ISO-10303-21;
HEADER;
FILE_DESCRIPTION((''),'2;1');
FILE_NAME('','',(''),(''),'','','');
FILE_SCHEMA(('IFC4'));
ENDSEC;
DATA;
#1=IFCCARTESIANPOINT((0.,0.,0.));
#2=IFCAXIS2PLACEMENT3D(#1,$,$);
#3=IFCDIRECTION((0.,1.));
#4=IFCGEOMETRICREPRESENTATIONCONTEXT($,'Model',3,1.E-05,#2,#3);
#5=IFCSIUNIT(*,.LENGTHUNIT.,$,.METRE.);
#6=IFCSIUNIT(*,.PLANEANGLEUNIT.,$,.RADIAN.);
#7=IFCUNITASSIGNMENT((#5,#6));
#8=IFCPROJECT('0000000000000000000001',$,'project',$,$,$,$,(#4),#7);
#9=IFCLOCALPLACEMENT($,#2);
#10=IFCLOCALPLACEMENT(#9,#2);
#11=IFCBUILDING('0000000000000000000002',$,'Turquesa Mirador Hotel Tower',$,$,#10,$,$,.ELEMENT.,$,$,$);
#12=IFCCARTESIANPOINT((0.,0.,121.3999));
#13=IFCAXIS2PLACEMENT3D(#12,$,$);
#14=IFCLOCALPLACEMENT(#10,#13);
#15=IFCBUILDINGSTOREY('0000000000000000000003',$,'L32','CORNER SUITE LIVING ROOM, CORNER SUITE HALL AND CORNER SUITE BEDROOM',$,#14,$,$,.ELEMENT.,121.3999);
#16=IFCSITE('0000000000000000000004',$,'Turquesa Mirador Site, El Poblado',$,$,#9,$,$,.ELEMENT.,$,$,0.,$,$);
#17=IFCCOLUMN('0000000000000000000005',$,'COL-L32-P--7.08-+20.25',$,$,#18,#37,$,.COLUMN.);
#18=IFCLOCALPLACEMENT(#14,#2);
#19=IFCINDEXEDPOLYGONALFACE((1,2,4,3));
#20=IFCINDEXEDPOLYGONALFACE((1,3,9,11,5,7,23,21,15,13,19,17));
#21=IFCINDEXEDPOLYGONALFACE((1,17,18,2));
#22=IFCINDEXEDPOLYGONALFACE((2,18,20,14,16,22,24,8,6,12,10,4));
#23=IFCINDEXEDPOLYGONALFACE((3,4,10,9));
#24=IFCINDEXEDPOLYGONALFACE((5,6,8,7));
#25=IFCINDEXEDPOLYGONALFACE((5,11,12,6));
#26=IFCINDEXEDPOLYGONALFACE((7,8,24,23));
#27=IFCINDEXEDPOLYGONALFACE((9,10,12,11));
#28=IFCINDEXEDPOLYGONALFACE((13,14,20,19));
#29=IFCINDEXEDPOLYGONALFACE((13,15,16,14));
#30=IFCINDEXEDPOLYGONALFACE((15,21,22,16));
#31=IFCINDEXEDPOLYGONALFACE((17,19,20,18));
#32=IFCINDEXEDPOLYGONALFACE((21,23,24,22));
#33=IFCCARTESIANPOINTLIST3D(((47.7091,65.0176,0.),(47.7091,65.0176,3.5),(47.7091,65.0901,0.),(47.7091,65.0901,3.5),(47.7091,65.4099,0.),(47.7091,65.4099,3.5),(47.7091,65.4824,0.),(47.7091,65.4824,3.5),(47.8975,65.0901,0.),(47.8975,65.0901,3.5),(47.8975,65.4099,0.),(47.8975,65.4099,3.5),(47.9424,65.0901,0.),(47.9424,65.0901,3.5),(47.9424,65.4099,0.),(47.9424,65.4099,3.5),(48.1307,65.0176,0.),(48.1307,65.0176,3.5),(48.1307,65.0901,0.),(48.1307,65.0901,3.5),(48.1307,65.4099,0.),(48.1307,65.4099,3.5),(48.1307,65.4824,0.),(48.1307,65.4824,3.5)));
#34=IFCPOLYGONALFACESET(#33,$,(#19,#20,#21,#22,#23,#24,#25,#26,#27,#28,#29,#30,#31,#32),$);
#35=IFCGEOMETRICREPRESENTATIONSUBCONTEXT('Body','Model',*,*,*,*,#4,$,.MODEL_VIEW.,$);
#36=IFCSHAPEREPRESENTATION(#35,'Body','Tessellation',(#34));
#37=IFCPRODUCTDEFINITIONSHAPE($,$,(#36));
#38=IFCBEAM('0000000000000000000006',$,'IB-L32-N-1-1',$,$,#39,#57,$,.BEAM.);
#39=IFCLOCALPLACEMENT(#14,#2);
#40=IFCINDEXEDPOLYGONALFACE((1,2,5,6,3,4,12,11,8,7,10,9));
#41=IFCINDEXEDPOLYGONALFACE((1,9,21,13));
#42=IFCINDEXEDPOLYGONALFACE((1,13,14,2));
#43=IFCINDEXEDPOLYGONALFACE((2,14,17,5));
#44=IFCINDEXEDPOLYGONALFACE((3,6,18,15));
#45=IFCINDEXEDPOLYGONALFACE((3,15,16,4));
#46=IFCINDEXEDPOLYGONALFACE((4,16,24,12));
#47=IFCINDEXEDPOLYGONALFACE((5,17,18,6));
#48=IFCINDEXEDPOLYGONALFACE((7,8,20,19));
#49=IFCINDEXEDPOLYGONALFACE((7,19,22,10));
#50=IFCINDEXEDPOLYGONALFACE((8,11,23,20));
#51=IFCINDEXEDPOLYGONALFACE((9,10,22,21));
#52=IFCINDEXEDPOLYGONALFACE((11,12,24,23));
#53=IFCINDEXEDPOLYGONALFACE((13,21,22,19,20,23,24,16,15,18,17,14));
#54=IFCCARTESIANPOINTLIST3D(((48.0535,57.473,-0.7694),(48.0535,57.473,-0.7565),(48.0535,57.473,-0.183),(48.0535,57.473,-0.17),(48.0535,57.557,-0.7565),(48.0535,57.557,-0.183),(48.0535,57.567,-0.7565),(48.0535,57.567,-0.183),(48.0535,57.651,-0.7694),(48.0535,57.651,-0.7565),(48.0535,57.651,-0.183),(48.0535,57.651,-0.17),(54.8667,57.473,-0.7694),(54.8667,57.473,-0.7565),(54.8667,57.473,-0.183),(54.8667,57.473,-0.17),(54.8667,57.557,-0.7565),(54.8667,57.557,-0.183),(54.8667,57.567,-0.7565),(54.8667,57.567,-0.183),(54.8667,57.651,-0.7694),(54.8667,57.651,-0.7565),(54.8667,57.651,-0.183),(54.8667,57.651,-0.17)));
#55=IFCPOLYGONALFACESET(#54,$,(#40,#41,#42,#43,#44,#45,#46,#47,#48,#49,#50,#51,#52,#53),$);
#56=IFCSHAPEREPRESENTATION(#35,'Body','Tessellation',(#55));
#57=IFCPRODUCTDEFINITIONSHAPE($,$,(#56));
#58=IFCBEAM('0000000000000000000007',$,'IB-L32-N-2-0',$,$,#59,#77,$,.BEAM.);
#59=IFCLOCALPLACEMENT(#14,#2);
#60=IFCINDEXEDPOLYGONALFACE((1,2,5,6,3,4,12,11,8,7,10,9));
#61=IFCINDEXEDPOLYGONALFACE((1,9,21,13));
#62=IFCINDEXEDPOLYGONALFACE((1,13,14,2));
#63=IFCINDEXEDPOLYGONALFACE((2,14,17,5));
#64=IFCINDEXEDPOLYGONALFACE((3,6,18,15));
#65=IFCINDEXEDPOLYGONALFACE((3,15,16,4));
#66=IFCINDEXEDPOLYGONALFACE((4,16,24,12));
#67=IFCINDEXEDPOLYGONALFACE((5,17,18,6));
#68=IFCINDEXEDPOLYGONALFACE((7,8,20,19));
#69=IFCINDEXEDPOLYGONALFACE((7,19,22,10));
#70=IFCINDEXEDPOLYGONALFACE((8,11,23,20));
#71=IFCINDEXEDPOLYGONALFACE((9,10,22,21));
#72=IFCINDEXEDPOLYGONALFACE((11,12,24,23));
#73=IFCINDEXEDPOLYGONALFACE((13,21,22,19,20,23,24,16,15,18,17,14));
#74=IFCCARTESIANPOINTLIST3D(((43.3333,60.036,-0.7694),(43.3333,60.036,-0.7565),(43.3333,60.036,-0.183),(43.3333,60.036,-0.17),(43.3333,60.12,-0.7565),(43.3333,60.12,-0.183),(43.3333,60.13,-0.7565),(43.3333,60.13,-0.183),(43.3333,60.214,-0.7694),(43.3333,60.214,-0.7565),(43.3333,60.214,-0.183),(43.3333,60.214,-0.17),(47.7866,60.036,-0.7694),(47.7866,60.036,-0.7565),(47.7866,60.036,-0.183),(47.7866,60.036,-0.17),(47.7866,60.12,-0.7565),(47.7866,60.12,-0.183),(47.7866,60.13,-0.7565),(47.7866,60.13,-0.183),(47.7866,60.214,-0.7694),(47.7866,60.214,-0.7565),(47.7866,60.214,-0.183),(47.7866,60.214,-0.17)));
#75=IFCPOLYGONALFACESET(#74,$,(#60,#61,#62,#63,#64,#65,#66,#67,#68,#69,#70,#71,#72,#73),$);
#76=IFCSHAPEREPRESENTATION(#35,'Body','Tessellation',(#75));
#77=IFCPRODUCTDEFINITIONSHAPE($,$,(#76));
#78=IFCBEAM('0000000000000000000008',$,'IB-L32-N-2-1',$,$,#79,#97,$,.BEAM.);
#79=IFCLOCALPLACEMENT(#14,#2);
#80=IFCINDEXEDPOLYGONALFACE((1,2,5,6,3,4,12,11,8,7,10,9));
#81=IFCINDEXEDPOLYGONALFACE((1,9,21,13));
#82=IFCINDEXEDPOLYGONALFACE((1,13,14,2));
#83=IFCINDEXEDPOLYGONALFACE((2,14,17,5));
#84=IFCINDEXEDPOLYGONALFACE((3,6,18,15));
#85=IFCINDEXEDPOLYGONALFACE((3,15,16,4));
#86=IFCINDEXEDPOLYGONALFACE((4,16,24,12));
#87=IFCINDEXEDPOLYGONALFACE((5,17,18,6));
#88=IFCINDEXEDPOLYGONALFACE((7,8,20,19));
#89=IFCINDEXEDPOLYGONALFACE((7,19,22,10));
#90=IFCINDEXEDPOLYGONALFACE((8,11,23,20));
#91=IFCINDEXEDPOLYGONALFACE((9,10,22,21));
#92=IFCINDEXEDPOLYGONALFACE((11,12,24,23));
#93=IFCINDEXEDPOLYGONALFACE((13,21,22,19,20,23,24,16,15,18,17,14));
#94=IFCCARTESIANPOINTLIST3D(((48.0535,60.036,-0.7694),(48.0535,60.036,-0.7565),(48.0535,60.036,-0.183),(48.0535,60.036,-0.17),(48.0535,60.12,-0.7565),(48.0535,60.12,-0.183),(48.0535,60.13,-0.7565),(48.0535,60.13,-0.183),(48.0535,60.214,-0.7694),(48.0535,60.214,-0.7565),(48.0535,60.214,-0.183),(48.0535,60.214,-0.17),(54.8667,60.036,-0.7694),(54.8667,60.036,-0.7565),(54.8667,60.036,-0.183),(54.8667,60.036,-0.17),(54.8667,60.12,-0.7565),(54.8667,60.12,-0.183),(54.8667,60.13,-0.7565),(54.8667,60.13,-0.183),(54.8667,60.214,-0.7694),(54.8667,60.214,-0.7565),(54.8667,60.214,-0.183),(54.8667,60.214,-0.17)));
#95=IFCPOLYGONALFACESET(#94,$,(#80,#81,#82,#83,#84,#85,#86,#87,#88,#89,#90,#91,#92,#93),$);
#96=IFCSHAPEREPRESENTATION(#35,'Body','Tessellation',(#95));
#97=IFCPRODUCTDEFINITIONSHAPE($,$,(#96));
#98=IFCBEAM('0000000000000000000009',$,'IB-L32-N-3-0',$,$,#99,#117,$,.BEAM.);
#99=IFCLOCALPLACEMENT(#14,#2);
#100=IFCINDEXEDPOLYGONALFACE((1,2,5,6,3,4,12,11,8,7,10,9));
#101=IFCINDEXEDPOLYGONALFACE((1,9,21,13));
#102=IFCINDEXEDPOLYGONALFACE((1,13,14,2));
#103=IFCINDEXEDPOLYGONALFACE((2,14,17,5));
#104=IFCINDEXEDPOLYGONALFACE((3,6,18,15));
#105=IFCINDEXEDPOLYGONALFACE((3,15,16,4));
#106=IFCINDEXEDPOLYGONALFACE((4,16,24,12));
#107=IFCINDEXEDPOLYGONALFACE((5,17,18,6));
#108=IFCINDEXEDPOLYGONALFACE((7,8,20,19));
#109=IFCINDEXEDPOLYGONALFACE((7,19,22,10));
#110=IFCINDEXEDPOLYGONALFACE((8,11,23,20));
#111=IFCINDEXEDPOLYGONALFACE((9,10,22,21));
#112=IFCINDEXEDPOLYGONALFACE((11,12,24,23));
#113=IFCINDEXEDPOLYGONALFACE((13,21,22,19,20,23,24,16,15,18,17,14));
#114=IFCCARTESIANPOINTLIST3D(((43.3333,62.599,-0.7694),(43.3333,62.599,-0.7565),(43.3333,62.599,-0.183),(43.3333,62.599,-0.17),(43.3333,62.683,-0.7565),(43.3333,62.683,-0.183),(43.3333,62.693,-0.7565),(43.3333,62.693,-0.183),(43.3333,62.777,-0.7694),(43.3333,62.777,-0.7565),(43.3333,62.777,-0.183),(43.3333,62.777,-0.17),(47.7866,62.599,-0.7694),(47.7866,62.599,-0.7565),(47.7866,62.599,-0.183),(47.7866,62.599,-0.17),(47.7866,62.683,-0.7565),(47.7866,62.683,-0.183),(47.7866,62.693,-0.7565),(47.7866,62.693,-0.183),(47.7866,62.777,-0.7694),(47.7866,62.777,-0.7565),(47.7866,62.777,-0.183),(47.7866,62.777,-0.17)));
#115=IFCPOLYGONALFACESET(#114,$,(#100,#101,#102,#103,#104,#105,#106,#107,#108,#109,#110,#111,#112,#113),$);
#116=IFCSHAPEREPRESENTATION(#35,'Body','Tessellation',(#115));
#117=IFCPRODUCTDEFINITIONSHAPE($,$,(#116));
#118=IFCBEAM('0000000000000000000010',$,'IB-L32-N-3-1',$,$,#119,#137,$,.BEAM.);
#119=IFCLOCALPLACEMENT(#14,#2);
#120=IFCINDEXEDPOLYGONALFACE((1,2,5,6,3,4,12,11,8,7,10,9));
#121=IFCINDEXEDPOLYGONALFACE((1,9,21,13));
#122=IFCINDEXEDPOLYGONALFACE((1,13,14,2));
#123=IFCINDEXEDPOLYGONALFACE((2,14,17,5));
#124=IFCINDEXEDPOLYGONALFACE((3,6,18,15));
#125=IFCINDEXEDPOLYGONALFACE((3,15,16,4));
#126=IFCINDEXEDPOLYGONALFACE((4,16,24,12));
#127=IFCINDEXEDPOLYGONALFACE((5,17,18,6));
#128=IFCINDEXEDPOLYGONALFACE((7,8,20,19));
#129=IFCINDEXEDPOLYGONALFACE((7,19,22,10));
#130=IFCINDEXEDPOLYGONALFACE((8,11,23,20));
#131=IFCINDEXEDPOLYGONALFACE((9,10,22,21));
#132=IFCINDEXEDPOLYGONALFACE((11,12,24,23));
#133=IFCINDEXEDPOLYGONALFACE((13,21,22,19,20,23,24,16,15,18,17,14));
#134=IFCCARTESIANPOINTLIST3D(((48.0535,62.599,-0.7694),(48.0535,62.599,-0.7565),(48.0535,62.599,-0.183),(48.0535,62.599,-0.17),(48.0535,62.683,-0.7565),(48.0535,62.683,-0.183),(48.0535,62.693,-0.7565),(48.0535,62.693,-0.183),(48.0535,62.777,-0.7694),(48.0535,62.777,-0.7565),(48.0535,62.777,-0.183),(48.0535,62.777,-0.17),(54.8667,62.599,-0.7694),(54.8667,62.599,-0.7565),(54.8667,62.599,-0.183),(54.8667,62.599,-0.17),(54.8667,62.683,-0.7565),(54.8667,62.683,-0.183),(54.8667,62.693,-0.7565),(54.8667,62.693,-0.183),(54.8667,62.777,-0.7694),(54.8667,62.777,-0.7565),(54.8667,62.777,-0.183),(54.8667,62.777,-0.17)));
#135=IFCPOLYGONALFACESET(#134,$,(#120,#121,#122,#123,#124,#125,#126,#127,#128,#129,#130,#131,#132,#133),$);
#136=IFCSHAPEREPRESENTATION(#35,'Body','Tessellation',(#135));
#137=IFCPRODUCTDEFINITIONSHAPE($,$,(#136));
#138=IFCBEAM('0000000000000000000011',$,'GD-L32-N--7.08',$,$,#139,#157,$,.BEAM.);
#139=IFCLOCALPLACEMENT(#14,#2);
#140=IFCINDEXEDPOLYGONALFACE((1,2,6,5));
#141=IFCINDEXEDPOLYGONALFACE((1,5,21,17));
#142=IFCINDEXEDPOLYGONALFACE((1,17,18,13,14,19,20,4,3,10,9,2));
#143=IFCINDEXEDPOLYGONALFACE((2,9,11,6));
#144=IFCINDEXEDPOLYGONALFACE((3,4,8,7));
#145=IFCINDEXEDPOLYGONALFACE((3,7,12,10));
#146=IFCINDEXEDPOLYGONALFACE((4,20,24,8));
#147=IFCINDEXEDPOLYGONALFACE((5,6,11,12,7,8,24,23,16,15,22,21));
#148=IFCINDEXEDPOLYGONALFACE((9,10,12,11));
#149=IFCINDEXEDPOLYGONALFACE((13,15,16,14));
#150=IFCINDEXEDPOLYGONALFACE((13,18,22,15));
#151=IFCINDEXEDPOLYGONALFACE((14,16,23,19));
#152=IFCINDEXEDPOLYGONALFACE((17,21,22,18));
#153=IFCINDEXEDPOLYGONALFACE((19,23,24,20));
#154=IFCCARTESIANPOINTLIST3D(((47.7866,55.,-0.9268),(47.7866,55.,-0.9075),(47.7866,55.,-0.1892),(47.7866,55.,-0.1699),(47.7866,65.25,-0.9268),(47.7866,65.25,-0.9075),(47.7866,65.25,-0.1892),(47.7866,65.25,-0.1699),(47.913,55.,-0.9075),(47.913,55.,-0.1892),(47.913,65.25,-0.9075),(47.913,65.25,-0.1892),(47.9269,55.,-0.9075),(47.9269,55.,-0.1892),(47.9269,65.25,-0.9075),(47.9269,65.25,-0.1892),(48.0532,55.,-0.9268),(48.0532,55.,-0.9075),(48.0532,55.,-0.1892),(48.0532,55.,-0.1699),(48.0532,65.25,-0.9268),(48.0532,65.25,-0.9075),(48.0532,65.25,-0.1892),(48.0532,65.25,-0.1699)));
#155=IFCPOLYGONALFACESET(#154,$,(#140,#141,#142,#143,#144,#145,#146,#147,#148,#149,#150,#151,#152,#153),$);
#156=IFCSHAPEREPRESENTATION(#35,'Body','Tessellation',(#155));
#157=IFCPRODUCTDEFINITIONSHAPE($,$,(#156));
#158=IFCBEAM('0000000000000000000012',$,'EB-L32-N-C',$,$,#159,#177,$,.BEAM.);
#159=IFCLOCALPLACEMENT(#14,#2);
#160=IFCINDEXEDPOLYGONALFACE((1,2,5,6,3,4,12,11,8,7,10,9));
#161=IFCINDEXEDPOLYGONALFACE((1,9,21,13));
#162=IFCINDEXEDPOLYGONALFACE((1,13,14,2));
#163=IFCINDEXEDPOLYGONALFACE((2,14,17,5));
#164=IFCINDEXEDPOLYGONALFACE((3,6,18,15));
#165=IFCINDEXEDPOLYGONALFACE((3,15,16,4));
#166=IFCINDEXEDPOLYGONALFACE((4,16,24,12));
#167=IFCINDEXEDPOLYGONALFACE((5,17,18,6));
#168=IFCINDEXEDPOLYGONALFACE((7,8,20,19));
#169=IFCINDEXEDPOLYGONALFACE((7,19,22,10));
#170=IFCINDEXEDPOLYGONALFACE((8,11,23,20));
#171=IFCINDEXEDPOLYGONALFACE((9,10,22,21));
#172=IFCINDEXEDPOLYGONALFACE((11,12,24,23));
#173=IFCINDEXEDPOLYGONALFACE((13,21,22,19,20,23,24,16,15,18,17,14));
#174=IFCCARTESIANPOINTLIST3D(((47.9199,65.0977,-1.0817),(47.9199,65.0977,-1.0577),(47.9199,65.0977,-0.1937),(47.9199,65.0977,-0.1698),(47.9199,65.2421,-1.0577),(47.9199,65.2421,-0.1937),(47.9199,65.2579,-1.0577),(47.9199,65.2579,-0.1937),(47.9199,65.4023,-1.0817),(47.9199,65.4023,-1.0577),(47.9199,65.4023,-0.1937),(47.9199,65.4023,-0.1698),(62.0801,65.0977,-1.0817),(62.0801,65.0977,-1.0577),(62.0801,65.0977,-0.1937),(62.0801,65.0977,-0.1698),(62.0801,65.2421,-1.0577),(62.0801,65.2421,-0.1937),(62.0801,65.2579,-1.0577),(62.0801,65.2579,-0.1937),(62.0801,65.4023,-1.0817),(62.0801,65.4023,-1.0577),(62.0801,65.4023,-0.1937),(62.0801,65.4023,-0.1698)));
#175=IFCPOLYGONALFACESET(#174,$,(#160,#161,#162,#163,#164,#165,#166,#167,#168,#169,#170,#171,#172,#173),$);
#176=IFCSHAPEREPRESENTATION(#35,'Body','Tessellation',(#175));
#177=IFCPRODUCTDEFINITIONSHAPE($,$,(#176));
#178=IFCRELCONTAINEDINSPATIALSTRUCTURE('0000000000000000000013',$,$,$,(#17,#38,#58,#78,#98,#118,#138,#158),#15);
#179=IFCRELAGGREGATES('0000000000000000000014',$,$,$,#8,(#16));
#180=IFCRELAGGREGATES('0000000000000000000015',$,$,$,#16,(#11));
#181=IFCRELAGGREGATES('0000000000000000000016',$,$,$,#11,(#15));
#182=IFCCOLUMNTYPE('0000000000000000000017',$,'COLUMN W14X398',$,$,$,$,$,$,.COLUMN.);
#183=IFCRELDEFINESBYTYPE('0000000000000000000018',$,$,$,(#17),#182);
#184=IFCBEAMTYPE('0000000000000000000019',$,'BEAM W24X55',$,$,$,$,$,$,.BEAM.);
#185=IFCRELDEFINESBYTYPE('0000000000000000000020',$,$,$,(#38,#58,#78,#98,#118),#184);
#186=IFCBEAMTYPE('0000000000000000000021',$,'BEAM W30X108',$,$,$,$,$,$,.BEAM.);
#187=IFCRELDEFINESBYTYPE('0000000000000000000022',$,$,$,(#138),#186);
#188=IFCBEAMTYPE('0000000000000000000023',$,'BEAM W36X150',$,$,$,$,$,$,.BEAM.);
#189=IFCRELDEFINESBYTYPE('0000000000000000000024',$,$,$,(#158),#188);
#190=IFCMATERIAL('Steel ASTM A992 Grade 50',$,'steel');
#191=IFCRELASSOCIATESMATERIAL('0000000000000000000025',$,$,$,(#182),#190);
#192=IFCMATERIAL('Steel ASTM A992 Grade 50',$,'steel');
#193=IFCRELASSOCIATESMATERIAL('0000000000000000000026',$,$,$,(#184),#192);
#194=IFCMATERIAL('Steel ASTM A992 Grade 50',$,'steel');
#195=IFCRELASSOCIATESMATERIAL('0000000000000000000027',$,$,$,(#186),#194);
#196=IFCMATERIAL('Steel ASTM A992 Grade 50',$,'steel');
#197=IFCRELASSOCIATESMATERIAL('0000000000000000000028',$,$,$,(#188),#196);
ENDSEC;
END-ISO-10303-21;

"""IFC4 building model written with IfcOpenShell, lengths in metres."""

from ifc_helpers import new_model, si_unit, direction, frame, origin, origin_2d, place, context, subcontext, project, spatial, i_section, extrude, material, material_profile, profile_set, type_object, element, save


model = new_model("IFC4")

# Units and contexts
model_context = context("Model", 3, precision=1e-05, world=origin(), true_north=direction((0.0, 1.0)))
body_context = subcontext(model_context, "Body", "Model", "MODEL_VIEW")
ifc_project = project(units=[si_unit("LENGTHUNIT", "METRE"), si_unit("PLANEANGLEUNIT", "RADIAN")], contexts=[model_context])

# Site, building, storey
site_placement = place(None, origin())
site = spatial("IfcSite", under=ifc_project, at=site_placement, Name="Turquesa Mirador Site, El Poblado", CompositionType="ELEMENT", RefElevation=0.0)
building_placement = place(site_placement, origin())
building = spatial("IfcBuilding", under=site, at=building_placement, Name="Turquesa Mirador Hotel Tower", CompositionType="ELEMENT")
storey_placement = place(building_placement, frame((0.0, 0.0, 121.3999)))
storey = spatial("IfcBuildingStorey", under=building, at=storey_placement, Name="L32", Description="CORNER SUITE LIVING ROOM, CORNER SUITE HALL AND CORNER SUITE BEDROOM", CompositionType="ELEMENT", Elevation=121.3999)

# Column
ifc_material_1 = material(Name="Steel ASTM A992 Grade 50", Category="steel")
ifc_material_profile_1 = material_profile(ifc_material_1, i_section(OverallWidth=0.4216, OverallDepth=0.4648, WebThickness=0.0449, FlangeThickness=0.0725, at=origin_2d()), Name="W14X398")
ifc_profile_set_1 = profile_set([ifc_material_profile_1], Name="Steel ASTM A992 Grade 50")
column_type = type_object("IfcColumnType", Name="COLUMN W14X398", PredefinedType="COLUMN", material=ifc_profile_set_1)
column_placement = place(storey_placement, frame((47.9199, 65.25, 0.0), z_axis=(0.0, 0.0, 1.0), x_axis=(1.0, 0.0, 0.0)))
element("IfcColumn", 1, at=column_placement, inside=storey, type_object=column_type, Name="COL-L32-P--7.08-+20.25", PredefinedType="COLUMN", context=body_context, shape_type="SweptSolid", body=[
    extrude(i_section(OverallWidth=0.4216, OverallDepth=0.4648, WebThickness=0.0449, FlangeThickness=0.0725, at=origin_2d()), origin(), (0.0, 0.0, 1.0), 3.5),
])

# Beams
ifc_material_2 = material(Name="Steel ASTM A992 Grade 50", Category="steel")
ifc_material_profile_2 = material_profile(ifc_material_2, i_section(OverallWidth=0.178, OverallDepth=0.5994, WebThickness=0.01, FlangeThickness=0.0129, at=origin_2d()), Name="W24X55")
ifc_profile_set_2 = profile_set([ifc_material_profile_2], Name="Steel ASTM A992 Grade 50")
beam_type_1 = type_object("IfcBeamType", Name="BEAM W24X55", PredefinedType="BEAM", material=ifc_profile_set_2)
beam_1_placement = place(storey_placement, frame((48.0535, 57.562, -0.4697), z_axis=(1.0, 0.0, 0.0), x_axis=(0.0, 1.0, 0.0)))
element("IfcBeam", 2, at=beam_1_placement, inside=storey, type_object=beam_type_1, Name="IB-L32-N-1-1", PredefinedType="BEAM", context=body_context, shape_type="SweptSolid", body=[
    extrude(i_section(OverallWidth=0.178, OverallDepth=0.5994, WebThickness=0.01, FlangeThickness=0.0129, at=origin_2d()), origin(), (0.0, 0.0, 1.0), 6.8132),
])
beam_2_placement = place(storey_placement, frame((43.3333, 60.125, -0.4697), z_axis=(1.0, 0.0, 0.0), x_axis=(0.0, 1.0, 0.0)))
element("IfcBeam", 3, at=beam_2_placement, inside=storey, type_object=beam_type_1, Name="IB-L32-N-2-0", PredefinedType="BEAM", context=body_context, shape_type="SweptSolid", body=[
    extrude(i_section(OverallWidth=0.178, OverallDepth=0.5994, WebThickness=0.01, FlangeThickness=0.0129, at=origin_2d()), origin(), (0.0, 0.0, 1.0), 4.4534),
])
beam_3_placement = place(storey_placement, frame((48.0535, 60.125, -0.4697), z_axis=(1.0, 0.0, 0.0), x_axis=(0.0, 1.0, 0.0)))
element("IfcBeam", 4, at=beam_3_placement, inside=storey, type_object=beam_type_1, Name="IB-L32-N-2-1", PredefinedType="BEAM", context=body_context, shape_type="SweptSolid", body=[
    extrude(i_section(OverallWidth=0.178, OverallDepth=0.5994, WebThickness=0.01, FlangeThickness=0.0129, at=origin_2d()), origin(), (0.0, 0.0, 1.0), 6.8132),
])
beam_4_placement = place(storey_placement, frame((43.3333, 62.688, -0.4697), z_axis=(1.0, 0.0, 0.0), x_axis=(0.0, 1.0, 0.0)))
element("IfcBeam", 5, at=beam_4_placement, inside=storey, type_object=beam_type_1, Name="IB-L32-N-3-0", PredefinedType="BEAM", context=body_context, shape_type="SweptSolid", body=[
    extrude(i_section(OverallWidth=0.178, OverallDepth=0.5994, WebThickness=0.01, FlangeThickness=0.0129, at=origin_2d()), origin(), (0.0, 0.0, 1.0), 4.4534),
])
beam_5_placement = place(storey_placement, frame((48.0535, 62.688, -0.4697), z_axis=(1.0, 0.0, 0.0), x_axis=(0.0, 1.0, 0.0)))
element("IfcBeam", 6, at=beam_5_placement, inside=storey, type_object=beam_type_1, Name="IB-L32-N-3-1", PredefinedType="BEAM", context=body_context, shape_type="SweptSolid", body=[
    extrude(i_section(OverallWidth=0.178, OverallDepth=0.5994, WebThickness=0.01, FlangeThickness=0.0129, at=origin_2d()), origin(), (0.0, 0.0, 1.0), 6.8132),
])
ifc_material_3 = material(Name="Steel ASTM A992 Grade 50", Category="steel")
ifc_material_profile_3 = material_profile(ifc_material_3, i_section(OverallWidth=0.2666, OverallDepth=0.7568, WebThickness=0.0139, FlangeThickness=0.0193, at=origin_2d()), Name="W30X108")
ifc_profile_set_3 = profile_set([ifc_material_profile_3], Name="Steel ASTM A992 Grade 50")
beam_type_2 = type_object("IfcBeamType", Name="BEAM W30X108", PredefinedType="BEAM", material=ifc_profile_set_3)
beam_6_placement = place(storey_placement, frame((47.9199, 65.25, -0.5483), z_axis=(0.0, -1.0, 0.0), x_axis=(1.0, 0.0, 0.0)))
element("IfcBeam", 7, at=beam_6_placement, inside=storey, type_object=beam_type_2, Name="GD-L32-N--7.08", PredefinedType="BEAM", context=body_context, shape_type="SweptSolid", body=[
    extrude(i_section(OverallWidth=0.2666, OverallDepth=0.7568, WebThickness=0.0139, FlangeThickness=0.0193, at=origin_2d()), origin(), (0.0, 0.0, 1.0), 10.25),
])
ifc_material_4 = material(Name="Steel ASTM A992 Grade 50", Category="steel")
ifc_material_profile_4 = material_profile(ifc_material_4, i_section(OverallWidth=0.3047, OverallDepth=0.9119, WebThickness=0.0159, FlangeThickness=0.0239, at=origin_2d()), Name="W36X150")
ifc_profile_set_4 = profile_set([ifc_material_profile_4], Name="Steel ASTM A992 Grade 50")
beam_type_3 = type_object("IfcBeamType", Name="BEAM W36X150", PredefinedType="BEAM", material=ifc_profile_set_4)
beam_7_placement = place(storey_placement, frame((47.9199, 65.25, -0.6257), z_axis=(1.0, 0.0, 0.0), x_axis=(0.0, 1.0, 0.0)))
element("IfcBeam", 8, at=beam_7_placement, inside=storey, type_object=beam_type_3, Name="EB-L32-N-C", PredefinedType="BEAM", context=body_context, shape_type="SweptSolid", body=[
    extrude(i_section(OverallWidth=0.3047, OverallDepth=0.9119, WebThickness=0.0159, FlangeThickness=0.0239, at=origin_2d()), origin(), (0.0, 0.0, 1.0), 14.1602),
])

save(model, "model.ifc")
